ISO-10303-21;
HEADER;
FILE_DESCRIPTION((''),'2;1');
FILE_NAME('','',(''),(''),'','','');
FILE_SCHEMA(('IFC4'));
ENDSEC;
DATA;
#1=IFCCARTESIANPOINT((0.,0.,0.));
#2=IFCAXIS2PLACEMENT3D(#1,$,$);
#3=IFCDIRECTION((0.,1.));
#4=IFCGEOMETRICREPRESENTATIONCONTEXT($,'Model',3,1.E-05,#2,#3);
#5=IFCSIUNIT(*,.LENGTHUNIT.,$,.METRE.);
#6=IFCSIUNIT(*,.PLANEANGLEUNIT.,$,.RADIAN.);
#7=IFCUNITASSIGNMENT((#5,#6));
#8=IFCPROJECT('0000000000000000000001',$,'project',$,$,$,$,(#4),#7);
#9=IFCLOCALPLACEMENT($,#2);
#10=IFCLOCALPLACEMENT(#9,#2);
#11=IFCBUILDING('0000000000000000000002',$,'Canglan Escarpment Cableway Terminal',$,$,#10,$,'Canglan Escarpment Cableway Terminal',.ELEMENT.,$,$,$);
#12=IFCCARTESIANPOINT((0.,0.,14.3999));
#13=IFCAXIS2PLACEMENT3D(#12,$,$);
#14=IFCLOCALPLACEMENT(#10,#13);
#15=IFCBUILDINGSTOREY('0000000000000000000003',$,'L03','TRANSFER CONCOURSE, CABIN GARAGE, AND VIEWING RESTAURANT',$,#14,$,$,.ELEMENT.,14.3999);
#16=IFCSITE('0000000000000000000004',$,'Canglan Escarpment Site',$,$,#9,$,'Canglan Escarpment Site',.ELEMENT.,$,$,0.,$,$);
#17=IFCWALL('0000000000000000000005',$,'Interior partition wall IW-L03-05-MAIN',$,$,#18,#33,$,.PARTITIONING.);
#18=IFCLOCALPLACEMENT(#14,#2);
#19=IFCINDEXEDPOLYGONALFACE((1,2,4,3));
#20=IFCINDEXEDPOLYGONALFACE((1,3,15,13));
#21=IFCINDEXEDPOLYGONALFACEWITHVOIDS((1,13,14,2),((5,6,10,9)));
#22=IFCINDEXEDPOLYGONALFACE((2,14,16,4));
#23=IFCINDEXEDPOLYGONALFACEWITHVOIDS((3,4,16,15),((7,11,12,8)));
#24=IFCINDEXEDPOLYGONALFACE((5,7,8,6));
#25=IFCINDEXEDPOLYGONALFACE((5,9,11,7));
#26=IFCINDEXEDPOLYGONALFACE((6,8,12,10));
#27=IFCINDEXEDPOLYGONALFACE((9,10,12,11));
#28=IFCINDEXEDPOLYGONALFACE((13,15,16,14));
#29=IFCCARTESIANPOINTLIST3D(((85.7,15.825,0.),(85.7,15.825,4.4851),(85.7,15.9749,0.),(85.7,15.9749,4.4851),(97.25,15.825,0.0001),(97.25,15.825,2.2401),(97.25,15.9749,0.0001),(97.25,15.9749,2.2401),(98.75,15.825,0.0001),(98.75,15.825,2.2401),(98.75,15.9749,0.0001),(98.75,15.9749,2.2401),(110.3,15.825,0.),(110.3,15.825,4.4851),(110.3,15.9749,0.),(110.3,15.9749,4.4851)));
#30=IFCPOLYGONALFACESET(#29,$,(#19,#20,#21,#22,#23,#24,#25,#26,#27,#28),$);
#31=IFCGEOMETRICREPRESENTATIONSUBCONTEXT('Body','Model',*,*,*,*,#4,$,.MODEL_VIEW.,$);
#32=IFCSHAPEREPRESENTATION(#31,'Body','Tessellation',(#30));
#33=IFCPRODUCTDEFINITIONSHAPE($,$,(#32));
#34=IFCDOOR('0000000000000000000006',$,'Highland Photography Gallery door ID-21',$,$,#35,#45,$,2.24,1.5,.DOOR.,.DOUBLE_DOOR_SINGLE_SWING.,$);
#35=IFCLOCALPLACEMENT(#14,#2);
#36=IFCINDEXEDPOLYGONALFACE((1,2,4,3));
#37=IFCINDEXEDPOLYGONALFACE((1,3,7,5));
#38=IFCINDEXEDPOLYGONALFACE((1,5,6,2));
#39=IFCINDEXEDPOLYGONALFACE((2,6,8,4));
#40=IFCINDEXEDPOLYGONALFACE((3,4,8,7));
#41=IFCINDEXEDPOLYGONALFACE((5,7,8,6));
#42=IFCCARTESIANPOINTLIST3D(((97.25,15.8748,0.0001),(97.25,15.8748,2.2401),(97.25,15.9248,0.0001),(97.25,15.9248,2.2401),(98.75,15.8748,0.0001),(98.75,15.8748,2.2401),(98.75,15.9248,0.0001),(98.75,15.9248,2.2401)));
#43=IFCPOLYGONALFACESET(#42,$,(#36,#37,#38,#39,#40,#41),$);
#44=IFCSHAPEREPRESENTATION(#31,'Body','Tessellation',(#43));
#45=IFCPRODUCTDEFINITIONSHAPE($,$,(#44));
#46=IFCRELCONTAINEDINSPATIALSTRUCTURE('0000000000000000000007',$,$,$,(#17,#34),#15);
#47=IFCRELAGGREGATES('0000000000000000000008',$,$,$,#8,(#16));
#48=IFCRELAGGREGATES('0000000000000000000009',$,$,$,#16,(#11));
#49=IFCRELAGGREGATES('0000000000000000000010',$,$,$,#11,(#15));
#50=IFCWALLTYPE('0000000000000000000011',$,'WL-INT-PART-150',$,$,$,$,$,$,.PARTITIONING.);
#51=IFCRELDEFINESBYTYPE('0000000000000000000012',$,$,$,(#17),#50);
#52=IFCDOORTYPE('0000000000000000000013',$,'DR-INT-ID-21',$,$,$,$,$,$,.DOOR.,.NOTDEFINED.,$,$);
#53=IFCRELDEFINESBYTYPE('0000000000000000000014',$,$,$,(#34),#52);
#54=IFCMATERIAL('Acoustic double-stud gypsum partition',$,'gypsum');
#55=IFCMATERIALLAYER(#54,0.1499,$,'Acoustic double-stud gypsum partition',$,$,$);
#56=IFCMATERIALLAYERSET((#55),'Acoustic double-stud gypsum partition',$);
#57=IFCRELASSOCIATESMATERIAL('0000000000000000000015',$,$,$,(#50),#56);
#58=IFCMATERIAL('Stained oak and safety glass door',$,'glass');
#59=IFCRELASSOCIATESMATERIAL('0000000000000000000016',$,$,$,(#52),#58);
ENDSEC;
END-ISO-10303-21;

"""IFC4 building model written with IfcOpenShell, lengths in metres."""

from ifc_helpers import new_model, si_unit, direction, frame, frame_2d, origin, place, context, subcontext, project, spatial, rectangle, extrude, material, layer, layer_set, type_object, element, fill, save


model = new_model("IFC4")

# Units and contexts
model_context = context("Model", 3, precision=1e-05, world=origin(), true_north=direction((0.0, 1.0)))
body_context = subcontext(model_context, "Body", "Model", "MODEL_VIEW")
ifc_project = project(units=[si_unit("LENGTHUNIT", "METRE"), si_unit("PLANEANGLEUNIT", "RADIAN")], contexts=[model_context])

# Site, building, storey
site_placement = place(None, origin())
site = spatial("IfcSite", under=ifc_project, at=site_placement, Name="Canglan Escarpment Site", LongName="Canglan Escarpment Site", CompositionType="ELEMENT", RefElevation=0.0)
building_placement = place(site_placement, origin())
building = spatial("IfcBuilding", under=site, at=building_placement, Name="Canglan Escarpment Cableway Terminal", LongName="Canglan Escarpment Cableway Terminal", CompositionType="ELEMENT")
storey_placement = place(building_placement, frame((0.0, 0.0, 14.3999)))
storey = spatial("IfcBuildingStorey", under=building, at=storey_placement, Name="L03", Description="TRANSFER CONCOURSE, CABIN GARAGE, AND VIEWING RESTAURANT", CompositionType="ELEMENT", Elevation=14.3999)

# Wall, opening, door
ifc_material_1 = material(Name="Acoustic double-stud gypsum partition", Category="gypsum")
ifc_layer_1 = layer(ifc_material_1, 0.1499, Name="Acoustic double-stud gypsum partition")
ifc_layer_set_1 = layer_set([ifc_layer_1], Name="Acoustic double-stud gypsum partition")
wall_type_1 = type_object("IfcWallType", Name="WL-INT-PART-150", PredefinedType="PARTITIONING", material=ifc_layer_set_1)
wall_1_placement = place(storey_placement, frame((85.7, 15.8999, 0.0), z_axis=(0.0, 0.0, 1.0), x_axis=(1.0, 0.0, 0.0)))
wall_1 = element("IfcWall", 1, at=wall_1_placement, inside=storey, type_object=wall_type_1, Name="Interior partition wall IW-L03-05-MAIN", PredefinedType="PARTITIONING", context=body_context, shape_type="SweptSolid", body=[
    extrude(rectangle(XDim=24.6001, YDim=0.1499, at=frame_2d((12.3, 0.0))), origin(), (0.0, 0.0, 1.0), 4.4851),
])
opening_1_placement = place(wall_1_placement, frame((11.55, 0.0, 0.0)))
opening_1 = element("IfcOpeningElement", 2, at=opening_1_placement, cuts=wall_1, PredefinedType="OPENING", context=body_context, shape_type="SweptSolid", body=[
    extrude(rectangle(XDim=1.5, YDim=2.24, at=frame_2d((0.75, 1.1201))), frame((0.0, 0.085, 0.0), z_axis=(0.0, -1.0, 0.0), x_axis=(1.0, 0.0, 0.0)), (0.0, 0.0, 1.0), 0.1699),
])
ifc_material_2 = material(Name="Stained oak and safety glass door", Category="glass")
door_type_1 = type_object("IfcDoorType", Name="DR-INT-ID-21", OperationType="NOTDEFINED", PredefinedType="DOOR", material=ifc_material_2)
door_1_placement = place(opening_1_placement, origin())
door_1 = element("IfcDoor", 3, at=door_1_placement, inside=storey, type_object=door_type_1, Name="Highland Photography Gallery door ID-21", OperationType="DOUBLE_DOOR_SINGLE_SWING", OverallHeight=2.24, OverallWidth=1.5, PredefinedType="DOOR", context=body_context, shape_type="SweptSolid", body=[
    extrude(rectangle(XDim=1.5, YDim=2.24, at=frame_2d((0.75, 1.1201))), frame((0.0, 0.0249, 0.0), z_axis=(0.0, -1.0, 0.0), x_axis=(1.0, 0.0, 0.0)), (0.0, 0.0, 1.0), 0.05),
])
fill(opening_1, door_1)

save(model, "model.ifc")
